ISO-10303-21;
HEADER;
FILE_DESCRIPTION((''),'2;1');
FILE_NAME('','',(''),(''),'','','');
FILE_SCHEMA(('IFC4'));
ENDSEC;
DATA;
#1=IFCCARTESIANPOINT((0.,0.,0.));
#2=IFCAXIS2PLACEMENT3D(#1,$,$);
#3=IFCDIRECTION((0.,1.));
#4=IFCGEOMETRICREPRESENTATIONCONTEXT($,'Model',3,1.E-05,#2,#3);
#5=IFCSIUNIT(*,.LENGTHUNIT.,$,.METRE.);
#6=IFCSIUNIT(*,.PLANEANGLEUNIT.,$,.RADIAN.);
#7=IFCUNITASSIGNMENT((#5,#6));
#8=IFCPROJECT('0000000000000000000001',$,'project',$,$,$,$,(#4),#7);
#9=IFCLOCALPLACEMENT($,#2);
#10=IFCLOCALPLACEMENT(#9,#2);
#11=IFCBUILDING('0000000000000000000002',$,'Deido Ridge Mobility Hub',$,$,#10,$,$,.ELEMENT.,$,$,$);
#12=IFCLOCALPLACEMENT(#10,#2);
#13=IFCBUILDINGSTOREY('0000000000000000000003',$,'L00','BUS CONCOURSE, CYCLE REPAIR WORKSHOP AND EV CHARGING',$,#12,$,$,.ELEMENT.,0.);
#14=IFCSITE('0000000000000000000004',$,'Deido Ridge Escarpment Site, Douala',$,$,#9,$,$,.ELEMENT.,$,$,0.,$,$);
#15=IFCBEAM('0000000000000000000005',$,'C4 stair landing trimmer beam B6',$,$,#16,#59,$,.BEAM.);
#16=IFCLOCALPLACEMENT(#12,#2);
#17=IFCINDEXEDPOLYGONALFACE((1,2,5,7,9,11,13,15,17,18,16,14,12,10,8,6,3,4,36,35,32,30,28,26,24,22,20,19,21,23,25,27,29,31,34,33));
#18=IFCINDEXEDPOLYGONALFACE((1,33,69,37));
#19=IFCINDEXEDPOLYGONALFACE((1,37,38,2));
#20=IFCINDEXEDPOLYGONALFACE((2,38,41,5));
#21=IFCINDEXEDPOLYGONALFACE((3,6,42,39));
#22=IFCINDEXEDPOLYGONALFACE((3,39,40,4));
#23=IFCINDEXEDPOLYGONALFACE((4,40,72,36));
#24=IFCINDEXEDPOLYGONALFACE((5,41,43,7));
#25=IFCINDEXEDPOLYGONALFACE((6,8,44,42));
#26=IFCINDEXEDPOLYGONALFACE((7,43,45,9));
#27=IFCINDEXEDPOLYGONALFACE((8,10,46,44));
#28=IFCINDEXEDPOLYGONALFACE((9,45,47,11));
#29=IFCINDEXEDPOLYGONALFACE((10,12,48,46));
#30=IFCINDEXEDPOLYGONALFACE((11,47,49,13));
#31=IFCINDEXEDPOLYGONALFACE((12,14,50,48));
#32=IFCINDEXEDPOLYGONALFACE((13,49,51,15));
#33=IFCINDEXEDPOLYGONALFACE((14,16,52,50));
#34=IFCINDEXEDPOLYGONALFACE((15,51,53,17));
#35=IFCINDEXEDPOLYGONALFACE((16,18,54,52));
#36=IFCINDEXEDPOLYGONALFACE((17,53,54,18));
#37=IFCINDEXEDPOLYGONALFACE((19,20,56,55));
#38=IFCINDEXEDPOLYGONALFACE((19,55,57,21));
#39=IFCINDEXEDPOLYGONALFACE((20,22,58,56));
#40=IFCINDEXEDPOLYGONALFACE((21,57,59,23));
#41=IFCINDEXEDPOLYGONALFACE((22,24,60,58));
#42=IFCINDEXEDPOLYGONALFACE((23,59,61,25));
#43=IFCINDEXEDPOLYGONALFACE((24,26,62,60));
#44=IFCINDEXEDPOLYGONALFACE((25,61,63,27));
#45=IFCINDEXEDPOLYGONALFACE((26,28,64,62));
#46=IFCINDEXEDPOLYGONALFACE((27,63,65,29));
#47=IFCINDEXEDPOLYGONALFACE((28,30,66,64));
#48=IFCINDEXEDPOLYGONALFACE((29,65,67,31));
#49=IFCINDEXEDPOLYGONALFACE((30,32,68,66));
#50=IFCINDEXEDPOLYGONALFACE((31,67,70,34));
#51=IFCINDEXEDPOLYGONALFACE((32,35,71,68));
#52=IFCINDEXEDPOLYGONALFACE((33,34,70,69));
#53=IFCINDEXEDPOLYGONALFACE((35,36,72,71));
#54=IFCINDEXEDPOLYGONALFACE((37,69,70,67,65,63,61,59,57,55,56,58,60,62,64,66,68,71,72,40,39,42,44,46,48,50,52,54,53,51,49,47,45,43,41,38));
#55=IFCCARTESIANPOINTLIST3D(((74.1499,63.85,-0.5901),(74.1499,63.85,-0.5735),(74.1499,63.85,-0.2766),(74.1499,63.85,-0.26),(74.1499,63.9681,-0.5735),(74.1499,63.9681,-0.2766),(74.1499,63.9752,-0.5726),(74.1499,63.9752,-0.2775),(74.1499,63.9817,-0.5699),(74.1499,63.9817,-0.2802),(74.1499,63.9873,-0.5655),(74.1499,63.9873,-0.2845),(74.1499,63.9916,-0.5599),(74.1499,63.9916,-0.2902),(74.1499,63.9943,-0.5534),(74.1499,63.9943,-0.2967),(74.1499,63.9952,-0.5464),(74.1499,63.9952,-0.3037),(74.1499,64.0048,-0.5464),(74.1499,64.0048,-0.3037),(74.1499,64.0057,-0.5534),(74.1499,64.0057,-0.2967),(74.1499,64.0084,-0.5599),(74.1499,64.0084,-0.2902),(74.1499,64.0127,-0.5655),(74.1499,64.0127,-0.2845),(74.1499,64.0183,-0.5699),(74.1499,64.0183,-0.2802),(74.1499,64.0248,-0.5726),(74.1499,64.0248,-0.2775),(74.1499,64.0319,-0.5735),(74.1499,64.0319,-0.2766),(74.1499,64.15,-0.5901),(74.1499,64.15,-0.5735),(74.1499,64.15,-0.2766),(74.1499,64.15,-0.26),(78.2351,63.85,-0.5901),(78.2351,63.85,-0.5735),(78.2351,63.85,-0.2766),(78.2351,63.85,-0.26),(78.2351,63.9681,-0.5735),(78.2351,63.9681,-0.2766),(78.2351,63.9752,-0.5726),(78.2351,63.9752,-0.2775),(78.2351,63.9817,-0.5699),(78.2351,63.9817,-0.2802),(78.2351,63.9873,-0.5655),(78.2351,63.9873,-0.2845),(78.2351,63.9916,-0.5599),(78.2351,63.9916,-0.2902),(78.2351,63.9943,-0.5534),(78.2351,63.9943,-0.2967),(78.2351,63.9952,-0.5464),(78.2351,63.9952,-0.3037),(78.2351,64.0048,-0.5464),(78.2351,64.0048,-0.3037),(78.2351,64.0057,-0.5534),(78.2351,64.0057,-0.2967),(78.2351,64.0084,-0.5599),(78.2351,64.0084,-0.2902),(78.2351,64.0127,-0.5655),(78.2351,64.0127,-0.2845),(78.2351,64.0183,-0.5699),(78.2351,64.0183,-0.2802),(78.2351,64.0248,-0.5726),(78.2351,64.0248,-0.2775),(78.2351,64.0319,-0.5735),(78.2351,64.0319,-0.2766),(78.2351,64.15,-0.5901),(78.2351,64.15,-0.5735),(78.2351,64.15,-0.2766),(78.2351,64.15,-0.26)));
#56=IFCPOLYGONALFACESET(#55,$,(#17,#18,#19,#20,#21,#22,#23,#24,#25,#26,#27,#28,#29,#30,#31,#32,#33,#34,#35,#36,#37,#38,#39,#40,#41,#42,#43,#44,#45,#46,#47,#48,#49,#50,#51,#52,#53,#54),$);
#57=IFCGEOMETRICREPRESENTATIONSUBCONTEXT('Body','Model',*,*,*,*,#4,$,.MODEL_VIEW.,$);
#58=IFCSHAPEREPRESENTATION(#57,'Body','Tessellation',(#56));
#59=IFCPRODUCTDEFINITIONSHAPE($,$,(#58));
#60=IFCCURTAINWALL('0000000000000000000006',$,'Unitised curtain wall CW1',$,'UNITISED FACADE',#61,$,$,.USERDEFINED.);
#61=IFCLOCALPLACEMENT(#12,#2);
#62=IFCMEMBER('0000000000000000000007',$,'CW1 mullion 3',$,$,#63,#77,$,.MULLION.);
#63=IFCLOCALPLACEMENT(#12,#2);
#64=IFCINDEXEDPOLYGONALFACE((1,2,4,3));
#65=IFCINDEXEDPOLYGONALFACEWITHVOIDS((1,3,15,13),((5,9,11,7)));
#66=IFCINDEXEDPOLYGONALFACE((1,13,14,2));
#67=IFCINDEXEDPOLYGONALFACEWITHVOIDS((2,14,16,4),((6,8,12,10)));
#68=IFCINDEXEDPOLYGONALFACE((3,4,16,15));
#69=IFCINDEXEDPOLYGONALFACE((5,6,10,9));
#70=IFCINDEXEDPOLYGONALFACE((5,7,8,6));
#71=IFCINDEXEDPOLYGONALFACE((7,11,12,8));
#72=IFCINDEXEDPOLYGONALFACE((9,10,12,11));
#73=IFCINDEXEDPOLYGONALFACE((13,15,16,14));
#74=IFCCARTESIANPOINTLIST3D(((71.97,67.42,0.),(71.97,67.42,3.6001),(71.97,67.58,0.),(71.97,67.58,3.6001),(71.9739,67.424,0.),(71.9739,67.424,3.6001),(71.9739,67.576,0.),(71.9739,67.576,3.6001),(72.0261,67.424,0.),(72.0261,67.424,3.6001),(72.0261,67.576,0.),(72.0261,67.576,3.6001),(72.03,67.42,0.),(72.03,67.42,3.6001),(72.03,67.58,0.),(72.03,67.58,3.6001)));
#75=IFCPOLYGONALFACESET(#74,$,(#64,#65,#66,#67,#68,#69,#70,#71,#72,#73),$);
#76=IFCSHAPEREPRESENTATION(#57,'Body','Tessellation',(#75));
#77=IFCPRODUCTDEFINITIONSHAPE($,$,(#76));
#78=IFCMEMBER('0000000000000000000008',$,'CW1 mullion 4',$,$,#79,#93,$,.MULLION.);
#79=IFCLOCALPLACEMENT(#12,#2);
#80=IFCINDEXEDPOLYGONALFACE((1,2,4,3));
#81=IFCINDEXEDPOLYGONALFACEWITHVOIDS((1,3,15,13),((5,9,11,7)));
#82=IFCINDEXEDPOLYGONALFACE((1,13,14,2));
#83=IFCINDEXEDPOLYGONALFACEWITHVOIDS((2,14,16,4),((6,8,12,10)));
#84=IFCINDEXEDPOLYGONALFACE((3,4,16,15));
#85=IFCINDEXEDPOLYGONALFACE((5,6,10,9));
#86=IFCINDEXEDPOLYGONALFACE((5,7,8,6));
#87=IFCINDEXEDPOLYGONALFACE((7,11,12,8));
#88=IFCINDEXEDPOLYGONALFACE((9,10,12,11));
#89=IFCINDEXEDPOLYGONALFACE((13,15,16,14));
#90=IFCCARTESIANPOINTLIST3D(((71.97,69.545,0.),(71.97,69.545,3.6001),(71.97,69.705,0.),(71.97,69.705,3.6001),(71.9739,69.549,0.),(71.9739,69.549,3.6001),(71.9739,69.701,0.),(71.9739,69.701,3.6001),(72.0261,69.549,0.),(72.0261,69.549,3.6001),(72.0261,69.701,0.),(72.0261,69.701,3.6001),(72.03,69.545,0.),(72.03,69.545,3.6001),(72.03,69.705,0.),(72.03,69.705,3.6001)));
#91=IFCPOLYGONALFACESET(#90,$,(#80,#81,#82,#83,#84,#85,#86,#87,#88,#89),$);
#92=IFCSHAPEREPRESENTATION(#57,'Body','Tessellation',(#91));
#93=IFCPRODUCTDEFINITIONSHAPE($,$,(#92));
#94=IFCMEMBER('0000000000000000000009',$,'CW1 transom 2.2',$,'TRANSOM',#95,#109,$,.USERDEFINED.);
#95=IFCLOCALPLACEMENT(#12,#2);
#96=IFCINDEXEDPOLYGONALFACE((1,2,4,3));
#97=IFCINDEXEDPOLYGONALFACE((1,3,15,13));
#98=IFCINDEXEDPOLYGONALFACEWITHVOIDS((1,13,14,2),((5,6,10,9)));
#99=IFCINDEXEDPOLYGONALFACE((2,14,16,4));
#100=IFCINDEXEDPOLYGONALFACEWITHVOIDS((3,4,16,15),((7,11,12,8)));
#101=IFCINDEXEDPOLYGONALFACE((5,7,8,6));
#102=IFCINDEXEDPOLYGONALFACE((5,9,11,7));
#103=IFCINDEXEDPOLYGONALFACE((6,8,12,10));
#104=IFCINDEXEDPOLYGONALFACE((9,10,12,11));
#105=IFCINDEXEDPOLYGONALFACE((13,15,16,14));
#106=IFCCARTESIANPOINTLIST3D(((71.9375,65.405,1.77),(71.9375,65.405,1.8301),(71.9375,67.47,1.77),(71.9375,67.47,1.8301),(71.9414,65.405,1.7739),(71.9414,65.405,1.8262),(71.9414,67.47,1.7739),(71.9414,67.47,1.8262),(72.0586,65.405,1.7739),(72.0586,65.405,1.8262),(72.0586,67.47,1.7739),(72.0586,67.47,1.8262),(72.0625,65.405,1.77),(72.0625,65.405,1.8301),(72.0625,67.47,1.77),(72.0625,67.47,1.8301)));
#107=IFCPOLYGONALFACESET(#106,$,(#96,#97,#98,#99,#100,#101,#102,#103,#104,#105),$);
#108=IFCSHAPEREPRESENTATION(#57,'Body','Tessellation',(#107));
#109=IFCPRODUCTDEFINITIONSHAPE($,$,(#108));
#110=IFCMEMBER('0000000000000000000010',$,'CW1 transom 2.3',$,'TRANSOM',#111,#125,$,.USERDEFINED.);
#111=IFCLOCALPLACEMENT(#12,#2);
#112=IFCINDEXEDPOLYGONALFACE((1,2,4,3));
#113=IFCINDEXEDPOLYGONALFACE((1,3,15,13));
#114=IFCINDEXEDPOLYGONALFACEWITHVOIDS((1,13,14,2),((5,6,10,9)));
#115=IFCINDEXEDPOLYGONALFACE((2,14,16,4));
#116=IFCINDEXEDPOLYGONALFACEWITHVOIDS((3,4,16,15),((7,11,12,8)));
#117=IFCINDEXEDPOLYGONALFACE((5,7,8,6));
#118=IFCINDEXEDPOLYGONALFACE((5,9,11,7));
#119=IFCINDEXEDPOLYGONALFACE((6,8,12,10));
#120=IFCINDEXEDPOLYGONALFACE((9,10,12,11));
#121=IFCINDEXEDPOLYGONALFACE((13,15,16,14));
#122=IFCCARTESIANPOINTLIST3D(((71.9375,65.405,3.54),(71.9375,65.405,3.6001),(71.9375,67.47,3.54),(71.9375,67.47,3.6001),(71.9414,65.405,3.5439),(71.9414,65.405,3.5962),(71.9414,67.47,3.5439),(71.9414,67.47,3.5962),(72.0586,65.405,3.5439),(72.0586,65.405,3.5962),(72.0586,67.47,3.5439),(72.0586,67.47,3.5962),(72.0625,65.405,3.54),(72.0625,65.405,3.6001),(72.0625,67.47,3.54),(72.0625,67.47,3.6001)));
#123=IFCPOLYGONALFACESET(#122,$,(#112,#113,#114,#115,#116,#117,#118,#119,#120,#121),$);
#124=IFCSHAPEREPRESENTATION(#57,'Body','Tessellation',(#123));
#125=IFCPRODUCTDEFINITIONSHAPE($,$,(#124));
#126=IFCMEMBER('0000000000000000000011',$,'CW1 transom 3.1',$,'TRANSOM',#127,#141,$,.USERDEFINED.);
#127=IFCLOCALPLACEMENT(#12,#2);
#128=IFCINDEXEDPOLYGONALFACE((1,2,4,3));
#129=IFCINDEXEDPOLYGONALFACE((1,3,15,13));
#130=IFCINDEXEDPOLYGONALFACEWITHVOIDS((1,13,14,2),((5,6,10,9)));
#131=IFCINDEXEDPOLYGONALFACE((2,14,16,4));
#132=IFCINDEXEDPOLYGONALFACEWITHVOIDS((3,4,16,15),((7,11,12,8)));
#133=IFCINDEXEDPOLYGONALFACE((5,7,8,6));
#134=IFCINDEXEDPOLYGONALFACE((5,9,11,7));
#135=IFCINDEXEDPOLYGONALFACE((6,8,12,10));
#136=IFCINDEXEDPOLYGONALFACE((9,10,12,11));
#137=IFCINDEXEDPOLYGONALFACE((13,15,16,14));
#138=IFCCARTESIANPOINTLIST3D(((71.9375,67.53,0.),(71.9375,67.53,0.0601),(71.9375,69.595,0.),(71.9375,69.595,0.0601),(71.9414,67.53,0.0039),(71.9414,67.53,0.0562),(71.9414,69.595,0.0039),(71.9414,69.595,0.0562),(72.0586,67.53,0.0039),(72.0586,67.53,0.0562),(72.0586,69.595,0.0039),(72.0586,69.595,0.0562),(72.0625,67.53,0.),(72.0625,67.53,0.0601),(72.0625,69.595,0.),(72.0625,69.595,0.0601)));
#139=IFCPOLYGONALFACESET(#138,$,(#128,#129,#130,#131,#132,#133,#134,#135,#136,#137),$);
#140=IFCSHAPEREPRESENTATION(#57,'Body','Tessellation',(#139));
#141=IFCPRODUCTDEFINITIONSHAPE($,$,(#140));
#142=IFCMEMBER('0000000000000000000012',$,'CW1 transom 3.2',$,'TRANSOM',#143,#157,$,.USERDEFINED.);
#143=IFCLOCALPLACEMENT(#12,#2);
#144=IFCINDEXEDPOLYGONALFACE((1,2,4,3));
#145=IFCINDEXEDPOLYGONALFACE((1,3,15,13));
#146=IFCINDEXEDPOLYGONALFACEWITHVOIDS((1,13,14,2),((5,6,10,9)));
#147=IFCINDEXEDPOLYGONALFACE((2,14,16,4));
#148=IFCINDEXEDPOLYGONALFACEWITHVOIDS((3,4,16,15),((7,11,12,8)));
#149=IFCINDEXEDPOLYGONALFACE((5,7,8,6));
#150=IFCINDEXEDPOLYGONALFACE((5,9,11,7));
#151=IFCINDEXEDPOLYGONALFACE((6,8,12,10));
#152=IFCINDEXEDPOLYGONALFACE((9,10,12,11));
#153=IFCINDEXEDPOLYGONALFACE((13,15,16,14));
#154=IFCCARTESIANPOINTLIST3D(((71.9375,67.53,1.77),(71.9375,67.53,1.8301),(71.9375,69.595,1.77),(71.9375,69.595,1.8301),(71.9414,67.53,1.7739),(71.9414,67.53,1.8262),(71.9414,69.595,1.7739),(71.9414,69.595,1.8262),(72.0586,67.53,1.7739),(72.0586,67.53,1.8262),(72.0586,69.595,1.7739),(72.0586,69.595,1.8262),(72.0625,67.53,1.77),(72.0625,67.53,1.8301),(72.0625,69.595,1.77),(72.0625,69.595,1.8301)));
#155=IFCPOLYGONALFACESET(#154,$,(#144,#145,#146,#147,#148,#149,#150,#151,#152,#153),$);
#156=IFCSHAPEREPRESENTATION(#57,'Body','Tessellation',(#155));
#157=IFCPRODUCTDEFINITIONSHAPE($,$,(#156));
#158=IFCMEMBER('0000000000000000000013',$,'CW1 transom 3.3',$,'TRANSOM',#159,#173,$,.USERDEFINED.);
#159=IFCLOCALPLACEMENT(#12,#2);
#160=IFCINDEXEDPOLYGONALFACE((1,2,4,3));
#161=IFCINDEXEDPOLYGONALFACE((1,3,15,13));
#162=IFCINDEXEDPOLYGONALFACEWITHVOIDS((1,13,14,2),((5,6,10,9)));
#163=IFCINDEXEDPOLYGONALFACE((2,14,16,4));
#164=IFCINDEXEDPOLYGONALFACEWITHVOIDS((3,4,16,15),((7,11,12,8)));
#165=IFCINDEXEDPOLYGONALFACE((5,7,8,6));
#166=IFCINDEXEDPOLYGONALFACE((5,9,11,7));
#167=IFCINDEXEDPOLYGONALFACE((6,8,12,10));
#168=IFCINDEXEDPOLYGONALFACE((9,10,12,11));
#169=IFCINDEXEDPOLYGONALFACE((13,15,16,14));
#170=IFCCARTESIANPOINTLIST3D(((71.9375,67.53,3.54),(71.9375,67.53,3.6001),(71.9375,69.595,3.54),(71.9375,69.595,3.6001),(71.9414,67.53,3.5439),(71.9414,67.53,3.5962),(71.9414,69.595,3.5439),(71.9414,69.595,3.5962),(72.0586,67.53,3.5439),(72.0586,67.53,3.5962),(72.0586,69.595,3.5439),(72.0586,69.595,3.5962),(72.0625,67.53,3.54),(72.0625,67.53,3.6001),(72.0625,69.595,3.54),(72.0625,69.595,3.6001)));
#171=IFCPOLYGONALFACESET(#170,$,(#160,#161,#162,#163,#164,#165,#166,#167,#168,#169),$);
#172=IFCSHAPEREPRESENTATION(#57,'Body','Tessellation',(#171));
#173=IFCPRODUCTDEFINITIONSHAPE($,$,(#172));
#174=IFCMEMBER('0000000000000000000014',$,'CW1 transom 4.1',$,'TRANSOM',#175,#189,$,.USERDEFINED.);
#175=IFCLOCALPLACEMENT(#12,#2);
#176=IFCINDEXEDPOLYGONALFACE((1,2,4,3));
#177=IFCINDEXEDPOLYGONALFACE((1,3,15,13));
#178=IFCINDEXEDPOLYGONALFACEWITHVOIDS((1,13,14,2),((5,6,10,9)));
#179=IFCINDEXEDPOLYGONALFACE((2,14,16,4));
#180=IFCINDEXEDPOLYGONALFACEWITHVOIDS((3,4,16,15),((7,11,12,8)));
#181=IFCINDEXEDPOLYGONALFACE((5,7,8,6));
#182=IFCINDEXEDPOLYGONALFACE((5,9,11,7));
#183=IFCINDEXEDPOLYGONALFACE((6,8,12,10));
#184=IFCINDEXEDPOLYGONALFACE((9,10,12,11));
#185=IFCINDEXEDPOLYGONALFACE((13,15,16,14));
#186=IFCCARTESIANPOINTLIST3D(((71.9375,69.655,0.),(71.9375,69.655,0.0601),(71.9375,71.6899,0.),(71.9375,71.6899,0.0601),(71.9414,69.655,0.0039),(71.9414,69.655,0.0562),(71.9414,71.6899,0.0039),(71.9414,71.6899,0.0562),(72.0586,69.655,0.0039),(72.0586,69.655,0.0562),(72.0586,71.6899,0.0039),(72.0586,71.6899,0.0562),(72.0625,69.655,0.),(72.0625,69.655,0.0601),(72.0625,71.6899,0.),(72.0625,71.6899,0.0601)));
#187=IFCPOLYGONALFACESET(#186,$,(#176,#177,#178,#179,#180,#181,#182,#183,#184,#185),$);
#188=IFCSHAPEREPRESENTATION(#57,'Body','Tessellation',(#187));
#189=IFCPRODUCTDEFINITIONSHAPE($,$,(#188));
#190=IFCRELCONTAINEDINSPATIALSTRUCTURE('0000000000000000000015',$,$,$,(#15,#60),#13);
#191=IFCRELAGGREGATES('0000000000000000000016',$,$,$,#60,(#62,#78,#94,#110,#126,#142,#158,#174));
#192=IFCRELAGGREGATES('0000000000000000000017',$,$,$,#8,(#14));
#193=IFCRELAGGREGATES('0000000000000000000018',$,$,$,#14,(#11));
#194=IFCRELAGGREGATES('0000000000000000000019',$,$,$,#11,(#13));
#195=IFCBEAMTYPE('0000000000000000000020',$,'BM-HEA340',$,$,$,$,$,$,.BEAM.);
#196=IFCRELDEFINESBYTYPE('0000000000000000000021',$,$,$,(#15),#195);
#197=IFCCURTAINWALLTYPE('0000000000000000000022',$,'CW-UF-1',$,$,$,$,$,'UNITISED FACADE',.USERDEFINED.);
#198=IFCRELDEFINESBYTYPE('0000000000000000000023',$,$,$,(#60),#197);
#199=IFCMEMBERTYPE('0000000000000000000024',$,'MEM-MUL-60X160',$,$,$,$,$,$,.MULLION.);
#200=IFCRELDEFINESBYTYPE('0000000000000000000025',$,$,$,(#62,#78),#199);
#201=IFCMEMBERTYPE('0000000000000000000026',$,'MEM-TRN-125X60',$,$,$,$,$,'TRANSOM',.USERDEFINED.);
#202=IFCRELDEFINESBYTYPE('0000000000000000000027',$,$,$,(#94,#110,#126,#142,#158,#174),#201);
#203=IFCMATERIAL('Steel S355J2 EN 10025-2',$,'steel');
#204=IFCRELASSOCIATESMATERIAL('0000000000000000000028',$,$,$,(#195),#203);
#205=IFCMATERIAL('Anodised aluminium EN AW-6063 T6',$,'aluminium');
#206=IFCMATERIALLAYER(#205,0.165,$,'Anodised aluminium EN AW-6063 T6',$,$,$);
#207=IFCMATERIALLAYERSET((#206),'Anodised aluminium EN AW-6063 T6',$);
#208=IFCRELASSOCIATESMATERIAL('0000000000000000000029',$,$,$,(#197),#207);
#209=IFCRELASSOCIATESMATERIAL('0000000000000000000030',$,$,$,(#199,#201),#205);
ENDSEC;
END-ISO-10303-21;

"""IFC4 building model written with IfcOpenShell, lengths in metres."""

from ifc_helpers import new_model, si_unit, direction, frame, origin, origin_2d, place, context, subcontext, project, spatial, hollow_rectangle, i_section, extrude, material, layer, layer_set, material_profile, profile_set, type_object, element, aggregate, save


model = new_model("IFC4")

# Units and contexts
model_context = context("Model", 3, precision=1e-05, world=origin(), true_north=direction((0.0, 1.0)))
body_context = subcontext(model_context, "Body", "Model", "MODEL_VIEW")
ifc_project = project(units=[si_unit("LENGTHUNIT", "METRE"), si_unit("PLANEANGLEUNIT", "RADIAN")], contexts=[model_context])

# Site, building, storey
site_placement = place(None, origin())
site = spatial("IfcSite", under=ifc_project, at=site_placement, Name="Deido Ridge Escarpment Site, Douala", CompositionType="ELEMENT", RefElevation=0.0)
building_placement = place(site_placement, origin())
building = spatial("IfcBuilding", under=site, at=building_placement, Name="Deido Ridge Mobility Hub", CompositionType="ELEMENT")
storey_placement = place(building_placement, origin())
storey = spatial("IfcBuildingStorey", under=building, at=storey_placement, Name="L00", Description="BUS CONCOURSE, CYCLE REPAIR WORKSHOP AND EV CHARGING", CompositionType="ELEMENT", Elevation=0.0)

# Beam
ifc_material_1 = material(Name="Steel S355J2 EN 10025-2", Category="steel")
ifc_material_profile_1 = material_profile(ifc_material_1, i_section(OverallWidth=0.3, OverallDepth=0.3301, WebThickness=0.0095, FlangeThickness=0.0166, FilletRadius=0.0271, at=origin_2d()), Name="HEA 340")
ifc_profile_set_1 = profile_set([ifc_material_profile_1], Name="Steel S355J2 EN 10025-2")
beam_type = type_object("IfcBeamType", Name="BM-HEA340", PredefinedType="BEAM", material=ifc_profile_set_1)
beam_placement = place(storey_placement, frame((74.1499, 64.0, -0.425), z_axis=(1.0, 0.0, 0.0), x_axis=(0.0, 1.0, 0.0)))
element("IfcBeam", 1, at=beam_placement, inside=storey, type_object=beam_type, Name="C4 stair landing trimmer beam B6", PredefinedType="BEAM", context=body_context, shape_type="SweptSolid", body=[
    extrude(i_section(OverallWidth=0.3, OverallDepth=0.3301, WebThickness=0.0095, FlangeThickness=0.0166, FilletRadius=0.0271, at=origin_2d()), origin(), (0.0, 0.0, 1.0), 4.0852),
])

# Curtain wall, members
ifc_material_2 = material(Name="Anodised aluminium EN AW-6063 T6", Category="aluminium")
ifc_layer_1 = layer(ifc_material_2, 0.165, Name="Anodised aluminium EN AW-6063 T6")
ifc_layer_set_1 = layer_set([ifc_layer_1], Name="Anodised aluminium EN AW-6063 T6")
curtain_wall_type = type_object("IfcCurtainWallType", Name="CW-UF-1", ElementType="UNITISED FACADE", PredefinedType="USERDEFINED", material=ifc_layer_set_1)
curtain_wall_placement = place(storey_placement, origin())
curtain_wall = element("IfcCurtainWall", 2, at=curtain_wall_placement, inside=storey, type_object=curtain_wall_type, Name="Unitised curtain wall CW1", ObjectType="UNITISED FACADE", PredefinedType="USERDEFINED")
ifc_material_profile_2 = material_profile(ifc_material_2, hollow_rectangle(XDim=0.0601, YDim=0.1599, WallThickness=0.0039, at=origin_2d()), Name="RHS 60x160x4")
ifc_profile_set_2 = profile_set([ifc_material_profile_2], Name="Anodised aluminium EN AW-6063 T6")
member_type_1 = type_object("IfcMemberType", Name="MEM-MUL-60X160", PredefinedType="MULLION", material=ifc_profile_set_2)
member_1_placement = place(storey_placement, frame((72.0, 67.5, 0.0), z_axis=(0.0, 0.0, 1.0), x_axis=(-1.0, 0.0, 0.0)))
member_1 = element("IfcMember", 3, at=member_1_placement, type_object=member_type_1, Name="CW1 mullion 3", PredefinedType="MULLION", context=body_context, shape_type="SweptSolid", body=[
    extrude(hollow_rectangle(XDim=0.0601, YDim=0.1599, WallThickness=0.0039, at=origin_2d()), origin(), (0.0, 0.0, 1.0), 3.6001),
])
member_2_placement = place(storey_placement, frame((72.0, 69.625, 0.0), z_axis=(0.0, 0.0, 1.0), x_axis=(-1.0, 0.0, 0.0)))
member_2 = element("IfcMember", 4, at=member_2_placement, type_object=member_type_1, Name="CW1 mullion 4", PredefinedType="MULLION", context=body_context, shape_type="SweptSolid", body=[
    extrude(hollow_rectangle(XDim=0.0601, YDim=0.1599, WallThickness=0.0039, at=origin_2d()), origin(), (0.0, 0.0, 1.0), 3.6001),
])
ifc_material_profile_3 = material_profile(ifc_material_2, hollow_rectangle(XDim=0.125, YDim=0.0601, WallThickness=0.0039, at=origin_2d()), Name="RHS 125x60x4")
ifc_profile_set_3 = profile_set([ifc_material_profile_3], Name="Anodised aluminium EN AW-6063 T6")
member_type_2 = type_object("IfcMemberType", Name="MEM-TRN-125X60", ElementType="TRANSOM", PredefinedType="USERDEFINED", material=ifc_profile_set_3)
member_3_placement = place(storey_placement, frame((72.0, 65.405, 1.8), z_axis=(0.0, 1.0, 0.0), x_axis=(-1.0, 0.0, 0.0)))
member_3 = element("IfcMember", 5, at=member_3_placement, type_object=member_type_2, Name="CW1 transom 2.2", ObjectType="TRANSOM", PredefinedType="USERDEFINED", context=body_context, shape_type="SweptSolid", body=[
    extrude(hollow_rectangle(XDim=0.125, YDim=0.0601, WallThickness=0.0039, at=origin_2d()), origin(), (0.0, 0.0, 1.0), 2.0649),
])
member_4_placement = place(storey_placement, frame((72.0, 65.405, 3.5701), z_axis=(0.0, 1.0, 0.0), x_axis=(-1.0, 0.0, 0.0)))
member_4 = element("IfcMember", 6, at=member_4_placement, type_object=member_type_2, Name="CW1 transom 2.3", ObjectType="TRANSOM", PredefinedType="USERDEFINED", context=body_context, shape_type="SweptSolid", body=[
    extrude(hollow_rectangle(XDim=0.125, YDim=0.0601, WallThickness=0.0039, at=origin_2d()), origin(), (0.0, 0.0, 1.0), 2.0649),
])
member_5_placement = place(storey_placement, frame((72.0, 67.53, 0.03), z_axis=(0.0, 1.0, 0.0), x_axis=(-1.0, 0.0, 0.0)))
member_5 = element("IfcMember", 7, at=member_5_placement, type_object=member_type_2, Name="CW1 transom 3.1", ObjectType="TRANSOM", PredefinedType="USERDEFINED", context=body_context, shape_type="SweptSolid", body=[
    extrude(hollow_rectangle(XDim=0.125, YDim=0.0601, WallThickness=0.0039, at=origin_2d()), origin(), (0.0, 0.0, 1.0), 2.0649),
])
member_6_placement = place(storey_placement, frame((72.0, 67.53, 1.8), z_axis=(0.0, 1.0, 0.0), x_axis=(-1.0, 0.0, 0.0)))
member_6 = element("IfcMember", 8, at=member_6_placement, type_object=member_type_2, Name="CW1 transom 3.2", ObjectType="TRANSOM", PredefinedType="USERDEFINED", context=body_context, shape_type="SweptSolid", body=[
    extrude(hollow_rectangle(XDim=0.125, YDim=0.0601, WallThickness=0.0039, at=origin_2d()), origin(), (0.0, 0.0, 1.0), 2.0649),
])
member_7_placement = place(storey_placement, frame((72.0, 67.53, 3.5701), z_axis=(0.0, 1.0, 0.0), x_axis=(-1.0, 0.0, 0.0)))
member_7 = element("IfcMember", 9, at=member_7_placement, type_object=member_type_2, Name="CW1 transom 3.3", ObjectType="TRANSOM", PredefinedType="USERDEFINED", context=body_context, shape_type="SweptSolid", body=[
    extrude(hollow_rectangle(XDim=0.125, YDim=0.0601, WallThickness=0.0039, at=origin_2d()), origin(), (0.0, 0.0, 1.0), 2.0649),
])
member_8_placement = place(storey_placement, frame((72.0, 69.655, 0.03), z_axis=(0.0, 1.0, 0.0), x_axis=(-1.0, 0.0, 0.0)))
member_8 = element("IfcMember", 10, at=member_8_placement, type_object=member_type_2, Name="CW1 transom 4.1", ObjectType="TRANSOM", PredefinedType="USERDEFINED", context=body_context, shape_type="SweptSolid", body=[
    extrude(hollow_rectangle(XDim=0.125, YDim=0.0601, WallThickness=0.0039, at=origin_2d()), origin(), (0.0, 0.0, 1.0), 2.0349),
])
aggregate(curtain_wall, [member_1, member_2, member_3, member_4, member_5, member_6, member_7, member_8])

save(model, "model.ifc")
